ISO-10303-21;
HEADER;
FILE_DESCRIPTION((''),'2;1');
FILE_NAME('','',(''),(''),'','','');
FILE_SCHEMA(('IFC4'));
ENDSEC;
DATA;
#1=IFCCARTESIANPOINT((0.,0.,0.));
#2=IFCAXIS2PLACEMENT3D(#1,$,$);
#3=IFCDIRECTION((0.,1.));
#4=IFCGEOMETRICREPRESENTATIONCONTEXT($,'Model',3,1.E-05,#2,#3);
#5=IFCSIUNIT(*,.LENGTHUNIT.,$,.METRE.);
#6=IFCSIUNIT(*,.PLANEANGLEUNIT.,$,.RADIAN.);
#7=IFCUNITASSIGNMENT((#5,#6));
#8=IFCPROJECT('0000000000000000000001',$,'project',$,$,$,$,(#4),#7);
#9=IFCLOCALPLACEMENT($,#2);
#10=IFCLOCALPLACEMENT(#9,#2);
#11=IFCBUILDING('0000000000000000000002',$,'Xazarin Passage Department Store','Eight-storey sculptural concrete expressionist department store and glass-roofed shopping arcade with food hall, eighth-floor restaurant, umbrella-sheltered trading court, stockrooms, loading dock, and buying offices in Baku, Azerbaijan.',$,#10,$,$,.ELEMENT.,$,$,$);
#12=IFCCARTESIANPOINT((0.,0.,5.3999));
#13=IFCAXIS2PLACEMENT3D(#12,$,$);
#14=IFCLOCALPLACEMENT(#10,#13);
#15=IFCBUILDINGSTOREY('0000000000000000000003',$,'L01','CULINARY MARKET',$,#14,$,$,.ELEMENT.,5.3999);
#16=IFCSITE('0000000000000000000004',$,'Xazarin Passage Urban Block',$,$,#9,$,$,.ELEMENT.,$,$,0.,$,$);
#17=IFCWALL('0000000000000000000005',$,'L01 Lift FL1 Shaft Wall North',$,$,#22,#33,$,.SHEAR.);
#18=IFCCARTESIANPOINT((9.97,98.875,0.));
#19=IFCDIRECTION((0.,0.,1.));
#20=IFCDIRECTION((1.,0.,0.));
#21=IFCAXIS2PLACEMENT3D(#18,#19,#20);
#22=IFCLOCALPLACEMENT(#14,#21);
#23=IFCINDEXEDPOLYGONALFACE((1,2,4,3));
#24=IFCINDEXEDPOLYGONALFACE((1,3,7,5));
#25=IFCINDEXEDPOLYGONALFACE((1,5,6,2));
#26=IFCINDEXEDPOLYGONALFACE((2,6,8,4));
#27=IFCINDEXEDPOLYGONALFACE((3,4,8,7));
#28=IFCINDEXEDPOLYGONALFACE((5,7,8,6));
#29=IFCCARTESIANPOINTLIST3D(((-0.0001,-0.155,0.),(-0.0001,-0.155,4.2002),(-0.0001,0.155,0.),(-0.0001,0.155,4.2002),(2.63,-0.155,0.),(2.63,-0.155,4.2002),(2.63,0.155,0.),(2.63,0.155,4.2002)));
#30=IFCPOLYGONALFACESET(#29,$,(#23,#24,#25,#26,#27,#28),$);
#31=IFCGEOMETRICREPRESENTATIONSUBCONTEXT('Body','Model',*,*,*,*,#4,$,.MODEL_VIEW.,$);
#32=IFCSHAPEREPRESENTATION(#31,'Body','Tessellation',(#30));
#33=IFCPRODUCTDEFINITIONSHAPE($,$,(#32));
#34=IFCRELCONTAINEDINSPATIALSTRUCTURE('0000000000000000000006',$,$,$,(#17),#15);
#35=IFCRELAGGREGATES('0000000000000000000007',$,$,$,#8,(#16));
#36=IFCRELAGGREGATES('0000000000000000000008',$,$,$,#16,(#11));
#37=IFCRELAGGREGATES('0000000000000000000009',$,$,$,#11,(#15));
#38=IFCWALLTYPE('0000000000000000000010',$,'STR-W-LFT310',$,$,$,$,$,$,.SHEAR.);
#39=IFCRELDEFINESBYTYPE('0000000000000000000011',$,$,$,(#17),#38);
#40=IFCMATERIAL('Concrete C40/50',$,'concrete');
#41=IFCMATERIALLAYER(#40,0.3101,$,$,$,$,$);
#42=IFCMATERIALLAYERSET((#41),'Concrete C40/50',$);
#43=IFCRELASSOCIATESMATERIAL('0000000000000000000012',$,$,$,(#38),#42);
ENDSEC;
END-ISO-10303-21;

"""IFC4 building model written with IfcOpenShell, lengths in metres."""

from ifc_helpers import new_model, si_unit, direction, frame, frame_2d, origin, place, context, subcontext, project, spatial, rectangle, extrude, material, layer, layer_set, type_object, element, save


model = new_model("IFC4")

# Units and contexts
model_context = context("Model", 3, precision=1e-05, world=origin(), true_north=direction((0.0, 1.0)))
body_context = subcontext(model_context, "Body", "Model", "MODEL_VIEW")
ifc_project = project(units=[si_unit("LENGTHUNIT", "METRE"), si_unit("PLANEANGLEUNIT", "RADIAN")], contexts=[model_context])

# Site, building, storey
site_placement = place(None, origin())
site = spatial("IfcSite", under=ifc_project, at=site_placement, Name="Xazarin Passage Urban Block", CompositionType="ELEMENT", RefElevation=0.0)
building_placement = place(site_placement, origin())
building = spatial("IfcBuilding", under=site, at=building_placement, Name="Xazarin Passage Department Store", Description="Eight-storey sculptural concrete expressionist department store and glass-roofed shopping arcade with food hall, eighth-floor restaurant, umbrella-sheltered trading court, stockrooms, loading dock, and buying offices in Baku, Azerbaijan.", CompositionType="ELEMENT")
storey_placement = place(building_placement, frame((0.0, 0.0, 5.3999)))
storey = spatial("IfcBuildingStorey", under=building, at=storey_placement, Name="L01", Description="CULINARY MARKET", CompositionType="ELEMENT", Elevation=5.3999)

# Wall
ifc_material_1 = material(Name="Concrete C40/50", Category="concrete")
ifc_layer_1 = layer(ifc_material_1, 0.3101)
ifc_layer_set_1 = layer_set([ifc_layer_1], Name="Concrete C40/50")
wall_type = type_object("IfcWallType", Name="STR-W-LFT310", PredefinedType="SHEAR", material=ifc_layer_set_1)
wall_1_placement = place(storey_placement, frame((9.97, 98.875, 0.0), z_axis=(0.0, 0.0, 1.0), x_axis=(1.0, 0.0, 0.0)))
element("IfcWall", 1, at=wall_1_placement, inside=storey, type_object=wall_type, Name="L01 Lift FL1 Shaft Wall North", PredefinedType="SHEAR", context=body_context, shape_type="SweptSolid", body=[
    extrude(rectangle(XDim=2.6301, YDim=0.3101, at=frame_2d((1.3149, 0.0))), origin(), (0.0, 0.0, 1.0), 4.2002),
])

save(model, "model.ifc")
